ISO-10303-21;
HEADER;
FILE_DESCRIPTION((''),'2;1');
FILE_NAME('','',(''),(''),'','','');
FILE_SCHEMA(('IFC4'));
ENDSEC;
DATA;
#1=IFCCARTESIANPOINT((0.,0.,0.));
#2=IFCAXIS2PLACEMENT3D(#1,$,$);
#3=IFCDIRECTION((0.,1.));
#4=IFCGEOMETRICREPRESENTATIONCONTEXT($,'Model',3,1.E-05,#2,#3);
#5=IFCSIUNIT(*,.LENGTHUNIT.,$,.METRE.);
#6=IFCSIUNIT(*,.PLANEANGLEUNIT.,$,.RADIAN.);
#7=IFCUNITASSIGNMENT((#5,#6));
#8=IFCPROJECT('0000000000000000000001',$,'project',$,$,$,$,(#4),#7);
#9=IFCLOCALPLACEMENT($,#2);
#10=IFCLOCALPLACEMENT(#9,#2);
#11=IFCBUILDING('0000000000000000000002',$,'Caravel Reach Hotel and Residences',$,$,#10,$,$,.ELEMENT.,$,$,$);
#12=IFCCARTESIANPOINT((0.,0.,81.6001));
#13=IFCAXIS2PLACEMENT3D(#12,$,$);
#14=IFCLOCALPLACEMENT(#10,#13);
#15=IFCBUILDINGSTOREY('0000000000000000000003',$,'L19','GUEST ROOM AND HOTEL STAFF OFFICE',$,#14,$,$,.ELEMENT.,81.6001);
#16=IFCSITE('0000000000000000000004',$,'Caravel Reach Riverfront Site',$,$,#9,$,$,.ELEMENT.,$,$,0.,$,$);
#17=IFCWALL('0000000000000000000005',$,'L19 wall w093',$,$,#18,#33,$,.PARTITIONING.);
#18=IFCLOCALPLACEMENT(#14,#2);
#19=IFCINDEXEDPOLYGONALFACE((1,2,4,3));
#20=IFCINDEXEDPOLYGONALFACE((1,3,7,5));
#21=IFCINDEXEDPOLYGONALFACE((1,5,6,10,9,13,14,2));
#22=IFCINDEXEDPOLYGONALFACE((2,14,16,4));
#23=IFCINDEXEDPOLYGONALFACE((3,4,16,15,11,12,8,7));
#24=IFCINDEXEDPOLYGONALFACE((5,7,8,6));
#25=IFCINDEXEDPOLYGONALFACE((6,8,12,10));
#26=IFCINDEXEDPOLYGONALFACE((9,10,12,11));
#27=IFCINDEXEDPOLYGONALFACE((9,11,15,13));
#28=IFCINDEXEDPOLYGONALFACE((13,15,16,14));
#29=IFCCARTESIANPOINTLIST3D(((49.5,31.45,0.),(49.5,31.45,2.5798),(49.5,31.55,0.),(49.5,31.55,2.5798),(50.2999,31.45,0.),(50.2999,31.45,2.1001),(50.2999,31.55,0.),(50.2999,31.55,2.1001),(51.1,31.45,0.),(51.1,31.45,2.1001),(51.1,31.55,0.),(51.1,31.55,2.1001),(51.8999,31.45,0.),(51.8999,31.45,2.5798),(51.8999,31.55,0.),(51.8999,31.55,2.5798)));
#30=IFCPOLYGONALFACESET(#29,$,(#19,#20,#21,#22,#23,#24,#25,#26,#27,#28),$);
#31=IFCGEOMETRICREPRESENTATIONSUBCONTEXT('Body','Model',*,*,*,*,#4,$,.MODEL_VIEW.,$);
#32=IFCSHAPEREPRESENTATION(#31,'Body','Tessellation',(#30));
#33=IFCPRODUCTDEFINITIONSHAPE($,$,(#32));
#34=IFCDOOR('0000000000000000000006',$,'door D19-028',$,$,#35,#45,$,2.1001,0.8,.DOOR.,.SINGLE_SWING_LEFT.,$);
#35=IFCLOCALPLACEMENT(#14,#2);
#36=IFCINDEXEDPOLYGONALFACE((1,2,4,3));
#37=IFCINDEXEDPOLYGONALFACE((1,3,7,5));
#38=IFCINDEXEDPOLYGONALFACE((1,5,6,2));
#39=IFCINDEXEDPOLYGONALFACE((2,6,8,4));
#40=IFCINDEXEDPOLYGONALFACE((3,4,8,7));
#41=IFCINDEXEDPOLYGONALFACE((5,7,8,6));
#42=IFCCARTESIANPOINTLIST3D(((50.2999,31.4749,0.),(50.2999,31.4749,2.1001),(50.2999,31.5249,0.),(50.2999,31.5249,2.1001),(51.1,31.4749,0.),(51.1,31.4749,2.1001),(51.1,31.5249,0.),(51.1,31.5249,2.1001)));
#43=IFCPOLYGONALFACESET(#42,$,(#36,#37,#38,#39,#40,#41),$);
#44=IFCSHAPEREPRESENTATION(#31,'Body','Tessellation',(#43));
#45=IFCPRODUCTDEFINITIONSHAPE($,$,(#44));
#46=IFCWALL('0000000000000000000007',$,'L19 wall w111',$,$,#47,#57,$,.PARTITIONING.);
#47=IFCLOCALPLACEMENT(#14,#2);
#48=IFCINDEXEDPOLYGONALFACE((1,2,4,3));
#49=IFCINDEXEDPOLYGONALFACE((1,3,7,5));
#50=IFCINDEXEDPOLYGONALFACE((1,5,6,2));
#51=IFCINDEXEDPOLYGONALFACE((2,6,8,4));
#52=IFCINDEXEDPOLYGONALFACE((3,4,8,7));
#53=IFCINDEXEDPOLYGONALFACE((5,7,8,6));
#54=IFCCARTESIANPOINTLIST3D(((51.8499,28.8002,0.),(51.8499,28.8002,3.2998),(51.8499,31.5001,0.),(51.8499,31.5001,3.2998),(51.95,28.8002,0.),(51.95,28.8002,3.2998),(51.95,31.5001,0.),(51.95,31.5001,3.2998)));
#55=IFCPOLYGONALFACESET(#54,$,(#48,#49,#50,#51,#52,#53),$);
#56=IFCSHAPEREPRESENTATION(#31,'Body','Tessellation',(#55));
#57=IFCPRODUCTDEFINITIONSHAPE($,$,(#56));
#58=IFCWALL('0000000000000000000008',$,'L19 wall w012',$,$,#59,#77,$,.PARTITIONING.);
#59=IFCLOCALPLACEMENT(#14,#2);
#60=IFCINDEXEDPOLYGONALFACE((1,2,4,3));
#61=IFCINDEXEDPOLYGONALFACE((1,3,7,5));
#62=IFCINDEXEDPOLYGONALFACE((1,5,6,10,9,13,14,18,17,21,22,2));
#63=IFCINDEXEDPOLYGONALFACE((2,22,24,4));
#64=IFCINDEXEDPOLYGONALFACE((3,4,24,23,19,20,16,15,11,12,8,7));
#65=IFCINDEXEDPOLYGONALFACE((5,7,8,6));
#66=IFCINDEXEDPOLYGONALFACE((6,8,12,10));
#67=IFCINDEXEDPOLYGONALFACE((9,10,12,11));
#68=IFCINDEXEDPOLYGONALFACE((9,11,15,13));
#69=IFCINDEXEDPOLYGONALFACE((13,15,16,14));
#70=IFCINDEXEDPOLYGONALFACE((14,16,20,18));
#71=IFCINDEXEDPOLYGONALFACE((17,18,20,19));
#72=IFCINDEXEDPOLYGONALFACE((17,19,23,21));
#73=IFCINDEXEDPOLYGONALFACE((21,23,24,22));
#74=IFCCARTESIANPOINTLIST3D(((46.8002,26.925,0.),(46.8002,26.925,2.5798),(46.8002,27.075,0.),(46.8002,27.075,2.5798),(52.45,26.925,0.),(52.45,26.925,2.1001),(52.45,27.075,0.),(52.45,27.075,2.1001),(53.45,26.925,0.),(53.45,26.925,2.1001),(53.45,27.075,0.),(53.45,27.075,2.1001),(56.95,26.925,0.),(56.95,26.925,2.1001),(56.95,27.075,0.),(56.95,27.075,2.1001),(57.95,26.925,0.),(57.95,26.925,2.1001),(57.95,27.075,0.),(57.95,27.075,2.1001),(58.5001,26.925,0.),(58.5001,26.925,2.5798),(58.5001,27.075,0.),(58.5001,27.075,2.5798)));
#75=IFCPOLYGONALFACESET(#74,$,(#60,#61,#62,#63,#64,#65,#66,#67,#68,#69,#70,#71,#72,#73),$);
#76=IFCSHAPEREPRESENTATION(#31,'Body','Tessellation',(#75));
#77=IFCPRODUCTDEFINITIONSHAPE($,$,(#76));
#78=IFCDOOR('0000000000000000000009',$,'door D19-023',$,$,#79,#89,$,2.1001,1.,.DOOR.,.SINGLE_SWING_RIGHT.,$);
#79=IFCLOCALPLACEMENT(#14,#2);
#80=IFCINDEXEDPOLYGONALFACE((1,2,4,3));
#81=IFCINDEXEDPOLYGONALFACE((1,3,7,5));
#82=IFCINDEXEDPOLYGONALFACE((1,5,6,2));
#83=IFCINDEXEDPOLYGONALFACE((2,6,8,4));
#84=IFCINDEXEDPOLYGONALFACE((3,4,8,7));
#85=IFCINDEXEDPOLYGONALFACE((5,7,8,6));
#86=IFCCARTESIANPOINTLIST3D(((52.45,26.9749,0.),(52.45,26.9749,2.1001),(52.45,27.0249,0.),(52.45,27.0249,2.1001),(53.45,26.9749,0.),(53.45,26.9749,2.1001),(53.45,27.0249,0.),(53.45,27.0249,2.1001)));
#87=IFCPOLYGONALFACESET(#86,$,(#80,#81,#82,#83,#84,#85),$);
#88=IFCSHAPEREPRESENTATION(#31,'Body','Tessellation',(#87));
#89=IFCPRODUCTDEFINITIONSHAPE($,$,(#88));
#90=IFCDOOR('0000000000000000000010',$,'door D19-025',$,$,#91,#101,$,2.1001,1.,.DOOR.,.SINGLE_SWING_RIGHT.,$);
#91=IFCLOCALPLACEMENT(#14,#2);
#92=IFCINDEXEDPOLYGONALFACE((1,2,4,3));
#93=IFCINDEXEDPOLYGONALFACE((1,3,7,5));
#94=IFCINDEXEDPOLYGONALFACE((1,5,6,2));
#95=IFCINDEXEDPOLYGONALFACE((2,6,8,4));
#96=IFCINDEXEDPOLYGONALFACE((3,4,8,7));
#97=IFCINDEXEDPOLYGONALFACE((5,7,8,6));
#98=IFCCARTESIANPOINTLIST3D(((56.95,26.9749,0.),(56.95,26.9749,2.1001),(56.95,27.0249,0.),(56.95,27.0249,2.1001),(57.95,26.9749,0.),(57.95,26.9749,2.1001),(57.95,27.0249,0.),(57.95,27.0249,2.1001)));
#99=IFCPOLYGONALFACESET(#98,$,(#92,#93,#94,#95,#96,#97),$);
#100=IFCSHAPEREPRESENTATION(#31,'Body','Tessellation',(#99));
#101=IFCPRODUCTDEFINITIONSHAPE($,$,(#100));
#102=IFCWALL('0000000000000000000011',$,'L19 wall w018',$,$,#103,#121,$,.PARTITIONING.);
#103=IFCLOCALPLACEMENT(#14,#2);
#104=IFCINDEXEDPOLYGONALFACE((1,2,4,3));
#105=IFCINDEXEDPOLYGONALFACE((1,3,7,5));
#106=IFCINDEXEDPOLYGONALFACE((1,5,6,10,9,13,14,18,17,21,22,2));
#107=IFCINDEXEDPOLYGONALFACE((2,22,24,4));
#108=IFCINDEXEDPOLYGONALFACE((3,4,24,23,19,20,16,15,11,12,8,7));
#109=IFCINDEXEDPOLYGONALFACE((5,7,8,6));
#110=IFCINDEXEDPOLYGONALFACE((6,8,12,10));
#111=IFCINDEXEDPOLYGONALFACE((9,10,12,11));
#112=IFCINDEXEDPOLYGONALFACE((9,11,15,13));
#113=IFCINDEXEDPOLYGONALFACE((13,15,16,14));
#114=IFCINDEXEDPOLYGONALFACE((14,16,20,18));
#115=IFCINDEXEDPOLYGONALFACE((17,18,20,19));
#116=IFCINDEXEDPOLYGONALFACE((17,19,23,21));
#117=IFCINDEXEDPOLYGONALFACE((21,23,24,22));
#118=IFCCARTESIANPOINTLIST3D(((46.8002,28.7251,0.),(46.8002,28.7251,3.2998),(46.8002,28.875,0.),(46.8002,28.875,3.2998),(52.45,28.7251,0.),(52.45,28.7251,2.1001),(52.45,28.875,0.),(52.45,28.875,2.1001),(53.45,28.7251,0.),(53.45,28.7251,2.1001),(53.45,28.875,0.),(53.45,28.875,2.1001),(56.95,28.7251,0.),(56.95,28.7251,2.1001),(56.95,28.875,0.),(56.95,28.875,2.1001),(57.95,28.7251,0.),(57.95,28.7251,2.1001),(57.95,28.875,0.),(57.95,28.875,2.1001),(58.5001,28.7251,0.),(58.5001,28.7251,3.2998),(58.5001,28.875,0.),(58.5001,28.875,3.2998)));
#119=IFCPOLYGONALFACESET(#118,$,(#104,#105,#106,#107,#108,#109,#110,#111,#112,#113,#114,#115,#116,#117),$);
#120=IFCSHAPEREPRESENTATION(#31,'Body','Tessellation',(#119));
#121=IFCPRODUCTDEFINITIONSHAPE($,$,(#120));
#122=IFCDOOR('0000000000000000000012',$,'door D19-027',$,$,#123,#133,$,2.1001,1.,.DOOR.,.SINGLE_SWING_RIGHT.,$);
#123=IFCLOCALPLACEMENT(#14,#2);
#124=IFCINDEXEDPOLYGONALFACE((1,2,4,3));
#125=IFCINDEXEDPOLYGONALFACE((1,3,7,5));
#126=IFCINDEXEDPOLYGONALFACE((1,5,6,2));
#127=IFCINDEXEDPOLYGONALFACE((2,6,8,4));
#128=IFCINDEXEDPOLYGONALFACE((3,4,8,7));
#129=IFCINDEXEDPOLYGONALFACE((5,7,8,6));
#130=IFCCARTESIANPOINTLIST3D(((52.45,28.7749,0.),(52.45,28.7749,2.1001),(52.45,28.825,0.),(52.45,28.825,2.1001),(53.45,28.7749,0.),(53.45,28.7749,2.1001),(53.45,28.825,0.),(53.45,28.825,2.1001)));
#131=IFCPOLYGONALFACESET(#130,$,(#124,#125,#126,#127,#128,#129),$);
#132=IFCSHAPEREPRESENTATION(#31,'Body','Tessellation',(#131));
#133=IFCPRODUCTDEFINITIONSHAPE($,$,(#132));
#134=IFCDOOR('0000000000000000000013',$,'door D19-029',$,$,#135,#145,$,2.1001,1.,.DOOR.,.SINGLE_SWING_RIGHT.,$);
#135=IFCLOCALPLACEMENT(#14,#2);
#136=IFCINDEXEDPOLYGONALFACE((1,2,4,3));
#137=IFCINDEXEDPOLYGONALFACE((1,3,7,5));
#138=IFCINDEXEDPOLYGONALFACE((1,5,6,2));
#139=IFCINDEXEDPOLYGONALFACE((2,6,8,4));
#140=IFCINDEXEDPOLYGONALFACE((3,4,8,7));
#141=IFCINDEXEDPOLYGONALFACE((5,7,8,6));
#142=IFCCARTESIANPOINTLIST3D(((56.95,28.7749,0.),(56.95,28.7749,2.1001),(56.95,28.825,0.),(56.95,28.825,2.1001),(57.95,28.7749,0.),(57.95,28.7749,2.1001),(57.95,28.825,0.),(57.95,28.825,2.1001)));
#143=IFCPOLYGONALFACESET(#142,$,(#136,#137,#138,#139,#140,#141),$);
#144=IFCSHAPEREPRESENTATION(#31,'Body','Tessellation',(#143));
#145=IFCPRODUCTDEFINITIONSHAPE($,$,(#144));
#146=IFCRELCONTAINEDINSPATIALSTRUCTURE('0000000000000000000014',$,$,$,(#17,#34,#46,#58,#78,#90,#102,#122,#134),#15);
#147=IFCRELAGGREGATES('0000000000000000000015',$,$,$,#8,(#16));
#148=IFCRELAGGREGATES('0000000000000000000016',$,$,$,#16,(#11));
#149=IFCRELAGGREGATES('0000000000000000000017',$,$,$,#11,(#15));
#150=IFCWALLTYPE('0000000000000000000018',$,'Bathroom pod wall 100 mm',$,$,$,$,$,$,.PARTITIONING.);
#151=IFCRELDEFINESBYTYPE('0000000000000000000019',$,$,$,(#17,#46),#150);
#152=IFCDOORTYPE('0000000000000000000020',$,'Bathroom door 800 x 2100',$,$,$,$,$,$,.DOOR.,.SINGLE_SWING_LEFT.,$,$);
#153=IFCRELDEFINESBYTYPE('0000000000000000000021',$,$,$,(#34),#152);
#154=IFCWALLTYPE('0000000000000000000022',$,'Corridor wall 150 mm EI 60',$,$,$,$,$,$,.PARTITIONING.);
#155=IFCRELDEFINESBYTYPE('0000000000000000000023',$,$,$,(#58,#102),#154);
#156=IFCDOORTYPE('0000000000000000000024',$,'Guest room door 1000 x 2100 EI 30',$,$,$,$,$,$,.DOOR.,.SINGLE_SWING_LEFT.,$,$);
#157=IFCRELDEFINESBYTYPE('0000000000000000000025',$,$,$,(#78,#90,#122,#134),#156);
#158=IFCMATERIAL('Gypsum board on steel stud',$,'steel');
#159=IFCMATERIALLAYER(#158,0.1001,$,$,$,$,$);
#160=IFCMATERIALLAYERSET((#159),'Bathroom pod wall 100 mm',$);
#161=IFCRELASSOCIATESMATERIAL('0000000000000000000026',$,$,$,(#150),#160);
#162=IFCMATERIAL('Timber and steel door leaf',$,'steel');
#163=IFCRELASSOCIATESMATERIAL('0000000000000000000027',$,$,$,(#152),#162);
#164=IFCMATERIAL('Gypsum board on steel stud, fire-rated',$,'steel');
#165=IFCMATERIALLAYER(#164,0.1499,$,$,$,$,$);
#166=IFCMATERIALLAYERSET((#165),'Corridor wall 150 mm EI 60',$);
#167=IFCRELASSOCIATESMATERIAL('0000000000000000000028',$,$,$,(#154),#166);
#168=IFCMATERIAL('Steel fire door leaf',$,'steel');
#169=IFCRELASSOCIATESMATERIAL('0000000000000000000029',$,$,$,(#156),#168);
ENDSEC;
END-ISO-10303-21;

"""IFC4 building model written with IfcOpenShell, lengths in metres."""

from ifc_helpers import new_model, si_unit, direction, frame, frame_2d, origin, place, context, subcontext, project, spatial, rectangle, extrude, material, layer, layer_set, type_object, element, fill, save


model = new_model("IFC4")

# Units and contexts
model_context = context("Model", 3, precision=1e-05, world=origin(), true_north=direction((0.0, 1.0)))
body_context = subcontext(model_context, "Body", "Model", "MODEL_VIEW")
ifc_project = project(units=[si_unit("LENGTHUNIT", "METRE"), si_unit("PLANEANGLEUNIT", "RADIAN")], contexts=[model_context])

# Site, building, storey
site_placement = place(None, origin())
site = spatial("IfcSite", under=ifc_project, at=site_placement, Name="Caravel Reach Riverfront Site", CompositionType="ELEMENT", RefElevation=0.0)
building_placement = place(site_placement, origin())
building = spatial("IfcBuilding", under=site, at=building_placement, Name="Caravel Reach Hotel and Residences", CompositionType="ELEMENT")
storey_placement = place(building_placement, frame((0.0, 0.0, 81.6001)))
storey = spatial("IfcBuildingStorey", under=building, at=storey_placement, Name="L19", Description="GUEST ROOM AND HOTEL STAFF OFFICE", CompositionType="ELEMENT", Elevation=81.6001)

# Wall, opening, door
ifc_material_1 = material(Name="Gypsum board on steel stud", Category="steel")
ifc_layer_1 = layer(ifc_material_1, 0.1001)
ifc_layer_set_1 = layer_set([ifc_layer_1], Name="Bathroom pod wall 100 mm")
wall_type_1 = type_object("IfcWallType", Name="Bathroom pod wall 100 mm", PredefinedType="PARTITIONING", material=ifc_layer_set_1)
wall_1_placement = place(storey_placement, frame((49.5, 31.5, 0.0), z_axis=(0.0, 0.0, 1.0), x_axis=(1.0, 0.0, 0.0)))
wall_1 = element("IfcWall", 1, at=wall_1_placement, inside=storey, type_object=wall_type_1, Name="L19 wall w093", PredefinedType="PARTITIONING", context=body_context, shape_type="SweptSolid", body=[
    extrude(rectangle(XDim=2.3999, YDim=0.1001, at=frame_2d((1.2, 0.0))), origin(), (0.0, 0.0, 1.0), 2.5798),
])
opening_1_placement = place(wall_1_placement, frame((0.8, 0.0, 0.0)))
opening_1 = element("IfcOpeningElement", 2, at=opening_1_placement, cuts=wall_1, PredefinedType="OPENING", context=body_context, shape_type="SweptSolid", body=[
    extrude(rectangle(XDim=0.8, YDim=2.1001, at=frame_2d((0.3999, 1.05))), frame((0.0, 0.0601, 0.0), z_axis=(0.0, -1.0, 0.0), x_axis=(1.0, 0.0, 0.0)), (0.0, 0.0, 1.0), 0.1201),
])
ifc_material_2 = material(Name="Timber and steel door leaf", Category="steel")
door_type_1 = type_object("IfcDoorType", Name="Bathroom door 800 x 2100", OperationType="SINGLE_SWING_LEFT", PredefinedType="DOOR", material=ifc_material_2)
door_1_placement = place(opening_1_placement, origin())
door_1 = element("IfcDoor", 3, at=door_1_placement, inside=storey, type_object=door_type_1, Name="door D19-028", OperationType="SINGLE_SWING_LEFT", OverallHeight=2.1001, OverallWidth=0.8, PredefinedType="DOOR", context=body_context, shape_type="SweptSolid", body=[
    extrude(rectangle(XDim=0.8, YDim=2.1001, at=frame_2d((0.3999, 1.05))), frame((0.0, 0.0249, 0.0), z_axis=(0.0, -1.0, 0.0), x_axis=(1.0, 0.0, 0.0)), (0.0, 0.0, 1.0), 0.05),
])
fill(opening_1, door_1)

# Wall
wall_2_placement = place(storey_placement, frame((51.8999, 28.8, 0.0), z_axis=(0.0, 0.0, 1.0), x_axis=(0.0, 1.0, 0.0)))
element("IfcWall", 4, at=wall_2_placement, inside=storey, type_object=wall_type_1, Name="L19 wall w111", PredefinedType="PARTITIONING", context=body_context, shape_type="SweptSolid", body=[
    extrude(rectangle(XDim=2.7, YDim=0.1001, at=frame_2d((1.3501, 0.0))), origin(), (0.0, 0.0, 1.0), 3.2998),
])

# Walls, openings, doors
ifc_material_3 = material(Name="Gypsum board on steel stud, fire-rated", Category="steel")
ifc_layer_2 = layer(ifc_material_3, 0.1499)
ifc_layer_set_2 = layer_set([ifc_layer_2], Name="Corridor wall 150 mm EI 60")
wall_type_2 = type_object("IfcWallType", Name="Corridor wall 150 mm EI 60", PredefinedType="PARTITIONING", material=ifc_layer_set_2)
wall_3_placement = place(storey_placement, frame((46.8, 27.0, 0.0), z_axis=(0.0, 0.0, 1.0), x_axis=(1.0, 0.0, 0.0)))
wall_3 = element("IfcWall", 5, at=wall_3_placement, inside=storey, type_object=wall_type_2, Name="L19 wall w012", PredefinedType="PARTITIONING", context=body_context, shape_type="SweptSolid", body=[
    extrude(rectangle(XDim=11.7, YDim=0.1499, at=frame_2d((5.8501, 0.0))), origin(), (0.0, 0.0, 1.0), 2.5798),
])
opening_2_placement = place(wall_3_placement, frame((5.6499, 0.0, 0.0)))
opening_2 = element("IfcOpeningElement", 6, at=opening_2_placement, cuts=wall_3, PredefinedType="OPENING", context=body_context, shape_type="SweptSolid", body=[
    extrude(rectangle(XDim=1.0, YDim=2.1001, at=frame_2d((0.5, 1.05))), frame((0.0, 0.085, 0.0), z_axis=(0.0, -1.0, 0.0), x_axis=(1.0, 0.0, 0.0)), (0.0, 0.0, 1.0), 0.1699),
])
opening_3_placement = place(wall_3_placement, frame((10.1499, 0.0, 0.0)))
opening_3 = element("IfcOpeningElement", 7, at=opening_3_placement, cuts=wall_3, PredefinedType="OPENING", context=body_context, shape_type="SweptSolid", body=[
    extrude(rectangle(XDim=1.0, YDim=2.1001, at=frame_2d((0.5, 1.05))), frame((0.0, 0.085, 0.0), z_axis=(0.0, -1.0, 0.0), x_axis=(1.0, 0.0, 0.0)), (0.0, 0.0, 1.0), 0.1699),
])
ifc_material_4 = material(Name="Steel fire door leaf", Category="steel")
door_type_2 = type_object("IfcDoorType", Name="Guest room door 1000 x 2100 EI 30", OperationType="SINGLE_SWING_LEFT", PredefinedType="DOOR", material=ifc_material_4)
door_2_placement = place(opening_2_placement, origin())
door_2 = element("IfcDoor", 8, at=door_2_placement, inside=storey, type_object=door_type_2, Name="door D19-023", OperationType="SINGLE_SWING_RIGHT", OverallHeight=2.1001, OverallWidth=1.0, PredefinedType="DOOR", context=body_context, shape_type="SweptSolid", body=[
    extrude(rectangle(XDim=1.0, YDim=2.1001, at=frame_2d((0.5, 1.05))), frame((0.0, 0.0249, 0.0), z_axis=(0.0, -1.0, 0.0), x_axis=(1.0, 0.0, 0.0)), (0.0, 0.0, 1.0), 0.05),
])
fill(opening_2, door_2)
door_3_placement = place(opening_3_placement, origin())
door_3 = element("IfcDoor", 9, at=door_3_placement, inside=storey, type_object=door_type_2, Name="door D19-025", OperationType="SINGLE_SWING_RIGHT", OverallHeight=2.1001, OverallWidth=1.0, PredefinedType="DOOR", context=body_context, shape_type="SweptSolid", body=[
    extrude(rectangle(XDim=1.0, YDim=2.1001, at=frame_2d((0.5, 1.05))), frame((0.0, 0.0249, 0.0), z_axis=(0.0, -1.0, 0.0), x_axis=(1.0, 0.0, 0.0)), (0.0, 0.0, 1.0), 0.05),
])
fill(opening_3, door_3)
wall_4_placement = place(storey_placement, frame((46.8, 28.8, 0.0), z_axis=(0.0, 0.0, 1.0), x_axis=(1.0, 0.0, 0.0)))
wall_4 = element("IfcWall", 10, at=wall_4_placement, inside=storey, type_object=wall_type_2, Name="L19 wall w018", PredefinedType="PARTITIONING", context=body_context, shape_type="SweptSolid", body=[
    extrude(rectangle(XDim=11.7, YDim=0.1499, at=frame_2d((5.8501, 0.0))), origin(), (0.0, 0.0, 1.0), 3.2998),
])
opening_4_placement = place(wall_4_placement, frame((5.6499, 0.0, 0.0)))
opening_4 = element("IfcOpeningElement", 11, at=opening_4_placement, cuts=wall_4, PredefinedType="OPENING", context=body_context, shape_type="SweptSolid", body=[
    extrude(rectangle(XDim=1.0, YDim=2.1001, at=frame_2d((0.5, 1.05))), frame((0.0, 0.085, 0.0), z_axis=(0.0, -1.0, 0.0), x_axis=(1.0, 0.0, 0.0)), (0.0, 0.0, 1.0), 0.1699),
])
opening_5_placement = place(wall_4_placement, frame((10.1499, 0.0, 0.0)))
opening_5 = element("IfcOpeningElement", 12, at=opening_5_placement, cuts=wall_4, PredefinedType="OPENING", context=body_context, shape_type="SweptSolid", body=[
    extrude(rectangle(XDim=1.0, YDim=2.1001, at=frame_2d((0.5, 1.05))), frame((0.0, 0.085, 0.0), z_axis=(0.0, -1.0, 0.0), x_axis=(1.0, 0.0, 0.0)), (0.0, 0.0, 1.0), 0.1699),
])
door_4_placement = place(opening_4_placement, origin())
door_4 = element("IfcDoor", 13, at=door_4_placement, inside=storey, type_object=door_type_2, Name="door D19-027", OperationType="SINGLE_SWING_RIGHT", OverallHeight=2.1001, OverallWidth=1.0, PredefinedType="DOOR", context=body_context, shape_type="SweptSolid", body=[
    extrude(rectangle(XDim=1.0, YDim=2.1001, at=frame_2d((0.5, 1.05))), frame((0.0, 0.0249, 0.0), z_axis=(0.0, -1.0, 0.0), x_axis=(1.0, 0.0, 0.0)), (0.0, 0.0, 1.0), 0.05),
])
fill(opening_4, door_4)
door_5_placement = place(opening_5_placement, origin())
door_5 = element("IfcDoor", 14, at=door_5_placement, inside=storey, type_object=door_type_2, Name="door D19-029", OperationType="SINGLE_SWING_RIGHT", OverallHeight=2.1001, OverallWidth=1.0, PredefinedType="DOOR", context=body_context, shape_type="SweptSolid", body=[
    extrude(rectangle(XDim=1.0, YDim=2.1001, at=frame_2d((0.5, 1.05))), frame((0.0, 0.0249, 0.0), z_axis=(0.0, -1.0, 0.0), x_axis=(1.0, 0.0, 0.0)), (0.0, 0.0, 1.0), 0.05),
])
fill(opening_5, door_5)

save(model, "model.ifc")
